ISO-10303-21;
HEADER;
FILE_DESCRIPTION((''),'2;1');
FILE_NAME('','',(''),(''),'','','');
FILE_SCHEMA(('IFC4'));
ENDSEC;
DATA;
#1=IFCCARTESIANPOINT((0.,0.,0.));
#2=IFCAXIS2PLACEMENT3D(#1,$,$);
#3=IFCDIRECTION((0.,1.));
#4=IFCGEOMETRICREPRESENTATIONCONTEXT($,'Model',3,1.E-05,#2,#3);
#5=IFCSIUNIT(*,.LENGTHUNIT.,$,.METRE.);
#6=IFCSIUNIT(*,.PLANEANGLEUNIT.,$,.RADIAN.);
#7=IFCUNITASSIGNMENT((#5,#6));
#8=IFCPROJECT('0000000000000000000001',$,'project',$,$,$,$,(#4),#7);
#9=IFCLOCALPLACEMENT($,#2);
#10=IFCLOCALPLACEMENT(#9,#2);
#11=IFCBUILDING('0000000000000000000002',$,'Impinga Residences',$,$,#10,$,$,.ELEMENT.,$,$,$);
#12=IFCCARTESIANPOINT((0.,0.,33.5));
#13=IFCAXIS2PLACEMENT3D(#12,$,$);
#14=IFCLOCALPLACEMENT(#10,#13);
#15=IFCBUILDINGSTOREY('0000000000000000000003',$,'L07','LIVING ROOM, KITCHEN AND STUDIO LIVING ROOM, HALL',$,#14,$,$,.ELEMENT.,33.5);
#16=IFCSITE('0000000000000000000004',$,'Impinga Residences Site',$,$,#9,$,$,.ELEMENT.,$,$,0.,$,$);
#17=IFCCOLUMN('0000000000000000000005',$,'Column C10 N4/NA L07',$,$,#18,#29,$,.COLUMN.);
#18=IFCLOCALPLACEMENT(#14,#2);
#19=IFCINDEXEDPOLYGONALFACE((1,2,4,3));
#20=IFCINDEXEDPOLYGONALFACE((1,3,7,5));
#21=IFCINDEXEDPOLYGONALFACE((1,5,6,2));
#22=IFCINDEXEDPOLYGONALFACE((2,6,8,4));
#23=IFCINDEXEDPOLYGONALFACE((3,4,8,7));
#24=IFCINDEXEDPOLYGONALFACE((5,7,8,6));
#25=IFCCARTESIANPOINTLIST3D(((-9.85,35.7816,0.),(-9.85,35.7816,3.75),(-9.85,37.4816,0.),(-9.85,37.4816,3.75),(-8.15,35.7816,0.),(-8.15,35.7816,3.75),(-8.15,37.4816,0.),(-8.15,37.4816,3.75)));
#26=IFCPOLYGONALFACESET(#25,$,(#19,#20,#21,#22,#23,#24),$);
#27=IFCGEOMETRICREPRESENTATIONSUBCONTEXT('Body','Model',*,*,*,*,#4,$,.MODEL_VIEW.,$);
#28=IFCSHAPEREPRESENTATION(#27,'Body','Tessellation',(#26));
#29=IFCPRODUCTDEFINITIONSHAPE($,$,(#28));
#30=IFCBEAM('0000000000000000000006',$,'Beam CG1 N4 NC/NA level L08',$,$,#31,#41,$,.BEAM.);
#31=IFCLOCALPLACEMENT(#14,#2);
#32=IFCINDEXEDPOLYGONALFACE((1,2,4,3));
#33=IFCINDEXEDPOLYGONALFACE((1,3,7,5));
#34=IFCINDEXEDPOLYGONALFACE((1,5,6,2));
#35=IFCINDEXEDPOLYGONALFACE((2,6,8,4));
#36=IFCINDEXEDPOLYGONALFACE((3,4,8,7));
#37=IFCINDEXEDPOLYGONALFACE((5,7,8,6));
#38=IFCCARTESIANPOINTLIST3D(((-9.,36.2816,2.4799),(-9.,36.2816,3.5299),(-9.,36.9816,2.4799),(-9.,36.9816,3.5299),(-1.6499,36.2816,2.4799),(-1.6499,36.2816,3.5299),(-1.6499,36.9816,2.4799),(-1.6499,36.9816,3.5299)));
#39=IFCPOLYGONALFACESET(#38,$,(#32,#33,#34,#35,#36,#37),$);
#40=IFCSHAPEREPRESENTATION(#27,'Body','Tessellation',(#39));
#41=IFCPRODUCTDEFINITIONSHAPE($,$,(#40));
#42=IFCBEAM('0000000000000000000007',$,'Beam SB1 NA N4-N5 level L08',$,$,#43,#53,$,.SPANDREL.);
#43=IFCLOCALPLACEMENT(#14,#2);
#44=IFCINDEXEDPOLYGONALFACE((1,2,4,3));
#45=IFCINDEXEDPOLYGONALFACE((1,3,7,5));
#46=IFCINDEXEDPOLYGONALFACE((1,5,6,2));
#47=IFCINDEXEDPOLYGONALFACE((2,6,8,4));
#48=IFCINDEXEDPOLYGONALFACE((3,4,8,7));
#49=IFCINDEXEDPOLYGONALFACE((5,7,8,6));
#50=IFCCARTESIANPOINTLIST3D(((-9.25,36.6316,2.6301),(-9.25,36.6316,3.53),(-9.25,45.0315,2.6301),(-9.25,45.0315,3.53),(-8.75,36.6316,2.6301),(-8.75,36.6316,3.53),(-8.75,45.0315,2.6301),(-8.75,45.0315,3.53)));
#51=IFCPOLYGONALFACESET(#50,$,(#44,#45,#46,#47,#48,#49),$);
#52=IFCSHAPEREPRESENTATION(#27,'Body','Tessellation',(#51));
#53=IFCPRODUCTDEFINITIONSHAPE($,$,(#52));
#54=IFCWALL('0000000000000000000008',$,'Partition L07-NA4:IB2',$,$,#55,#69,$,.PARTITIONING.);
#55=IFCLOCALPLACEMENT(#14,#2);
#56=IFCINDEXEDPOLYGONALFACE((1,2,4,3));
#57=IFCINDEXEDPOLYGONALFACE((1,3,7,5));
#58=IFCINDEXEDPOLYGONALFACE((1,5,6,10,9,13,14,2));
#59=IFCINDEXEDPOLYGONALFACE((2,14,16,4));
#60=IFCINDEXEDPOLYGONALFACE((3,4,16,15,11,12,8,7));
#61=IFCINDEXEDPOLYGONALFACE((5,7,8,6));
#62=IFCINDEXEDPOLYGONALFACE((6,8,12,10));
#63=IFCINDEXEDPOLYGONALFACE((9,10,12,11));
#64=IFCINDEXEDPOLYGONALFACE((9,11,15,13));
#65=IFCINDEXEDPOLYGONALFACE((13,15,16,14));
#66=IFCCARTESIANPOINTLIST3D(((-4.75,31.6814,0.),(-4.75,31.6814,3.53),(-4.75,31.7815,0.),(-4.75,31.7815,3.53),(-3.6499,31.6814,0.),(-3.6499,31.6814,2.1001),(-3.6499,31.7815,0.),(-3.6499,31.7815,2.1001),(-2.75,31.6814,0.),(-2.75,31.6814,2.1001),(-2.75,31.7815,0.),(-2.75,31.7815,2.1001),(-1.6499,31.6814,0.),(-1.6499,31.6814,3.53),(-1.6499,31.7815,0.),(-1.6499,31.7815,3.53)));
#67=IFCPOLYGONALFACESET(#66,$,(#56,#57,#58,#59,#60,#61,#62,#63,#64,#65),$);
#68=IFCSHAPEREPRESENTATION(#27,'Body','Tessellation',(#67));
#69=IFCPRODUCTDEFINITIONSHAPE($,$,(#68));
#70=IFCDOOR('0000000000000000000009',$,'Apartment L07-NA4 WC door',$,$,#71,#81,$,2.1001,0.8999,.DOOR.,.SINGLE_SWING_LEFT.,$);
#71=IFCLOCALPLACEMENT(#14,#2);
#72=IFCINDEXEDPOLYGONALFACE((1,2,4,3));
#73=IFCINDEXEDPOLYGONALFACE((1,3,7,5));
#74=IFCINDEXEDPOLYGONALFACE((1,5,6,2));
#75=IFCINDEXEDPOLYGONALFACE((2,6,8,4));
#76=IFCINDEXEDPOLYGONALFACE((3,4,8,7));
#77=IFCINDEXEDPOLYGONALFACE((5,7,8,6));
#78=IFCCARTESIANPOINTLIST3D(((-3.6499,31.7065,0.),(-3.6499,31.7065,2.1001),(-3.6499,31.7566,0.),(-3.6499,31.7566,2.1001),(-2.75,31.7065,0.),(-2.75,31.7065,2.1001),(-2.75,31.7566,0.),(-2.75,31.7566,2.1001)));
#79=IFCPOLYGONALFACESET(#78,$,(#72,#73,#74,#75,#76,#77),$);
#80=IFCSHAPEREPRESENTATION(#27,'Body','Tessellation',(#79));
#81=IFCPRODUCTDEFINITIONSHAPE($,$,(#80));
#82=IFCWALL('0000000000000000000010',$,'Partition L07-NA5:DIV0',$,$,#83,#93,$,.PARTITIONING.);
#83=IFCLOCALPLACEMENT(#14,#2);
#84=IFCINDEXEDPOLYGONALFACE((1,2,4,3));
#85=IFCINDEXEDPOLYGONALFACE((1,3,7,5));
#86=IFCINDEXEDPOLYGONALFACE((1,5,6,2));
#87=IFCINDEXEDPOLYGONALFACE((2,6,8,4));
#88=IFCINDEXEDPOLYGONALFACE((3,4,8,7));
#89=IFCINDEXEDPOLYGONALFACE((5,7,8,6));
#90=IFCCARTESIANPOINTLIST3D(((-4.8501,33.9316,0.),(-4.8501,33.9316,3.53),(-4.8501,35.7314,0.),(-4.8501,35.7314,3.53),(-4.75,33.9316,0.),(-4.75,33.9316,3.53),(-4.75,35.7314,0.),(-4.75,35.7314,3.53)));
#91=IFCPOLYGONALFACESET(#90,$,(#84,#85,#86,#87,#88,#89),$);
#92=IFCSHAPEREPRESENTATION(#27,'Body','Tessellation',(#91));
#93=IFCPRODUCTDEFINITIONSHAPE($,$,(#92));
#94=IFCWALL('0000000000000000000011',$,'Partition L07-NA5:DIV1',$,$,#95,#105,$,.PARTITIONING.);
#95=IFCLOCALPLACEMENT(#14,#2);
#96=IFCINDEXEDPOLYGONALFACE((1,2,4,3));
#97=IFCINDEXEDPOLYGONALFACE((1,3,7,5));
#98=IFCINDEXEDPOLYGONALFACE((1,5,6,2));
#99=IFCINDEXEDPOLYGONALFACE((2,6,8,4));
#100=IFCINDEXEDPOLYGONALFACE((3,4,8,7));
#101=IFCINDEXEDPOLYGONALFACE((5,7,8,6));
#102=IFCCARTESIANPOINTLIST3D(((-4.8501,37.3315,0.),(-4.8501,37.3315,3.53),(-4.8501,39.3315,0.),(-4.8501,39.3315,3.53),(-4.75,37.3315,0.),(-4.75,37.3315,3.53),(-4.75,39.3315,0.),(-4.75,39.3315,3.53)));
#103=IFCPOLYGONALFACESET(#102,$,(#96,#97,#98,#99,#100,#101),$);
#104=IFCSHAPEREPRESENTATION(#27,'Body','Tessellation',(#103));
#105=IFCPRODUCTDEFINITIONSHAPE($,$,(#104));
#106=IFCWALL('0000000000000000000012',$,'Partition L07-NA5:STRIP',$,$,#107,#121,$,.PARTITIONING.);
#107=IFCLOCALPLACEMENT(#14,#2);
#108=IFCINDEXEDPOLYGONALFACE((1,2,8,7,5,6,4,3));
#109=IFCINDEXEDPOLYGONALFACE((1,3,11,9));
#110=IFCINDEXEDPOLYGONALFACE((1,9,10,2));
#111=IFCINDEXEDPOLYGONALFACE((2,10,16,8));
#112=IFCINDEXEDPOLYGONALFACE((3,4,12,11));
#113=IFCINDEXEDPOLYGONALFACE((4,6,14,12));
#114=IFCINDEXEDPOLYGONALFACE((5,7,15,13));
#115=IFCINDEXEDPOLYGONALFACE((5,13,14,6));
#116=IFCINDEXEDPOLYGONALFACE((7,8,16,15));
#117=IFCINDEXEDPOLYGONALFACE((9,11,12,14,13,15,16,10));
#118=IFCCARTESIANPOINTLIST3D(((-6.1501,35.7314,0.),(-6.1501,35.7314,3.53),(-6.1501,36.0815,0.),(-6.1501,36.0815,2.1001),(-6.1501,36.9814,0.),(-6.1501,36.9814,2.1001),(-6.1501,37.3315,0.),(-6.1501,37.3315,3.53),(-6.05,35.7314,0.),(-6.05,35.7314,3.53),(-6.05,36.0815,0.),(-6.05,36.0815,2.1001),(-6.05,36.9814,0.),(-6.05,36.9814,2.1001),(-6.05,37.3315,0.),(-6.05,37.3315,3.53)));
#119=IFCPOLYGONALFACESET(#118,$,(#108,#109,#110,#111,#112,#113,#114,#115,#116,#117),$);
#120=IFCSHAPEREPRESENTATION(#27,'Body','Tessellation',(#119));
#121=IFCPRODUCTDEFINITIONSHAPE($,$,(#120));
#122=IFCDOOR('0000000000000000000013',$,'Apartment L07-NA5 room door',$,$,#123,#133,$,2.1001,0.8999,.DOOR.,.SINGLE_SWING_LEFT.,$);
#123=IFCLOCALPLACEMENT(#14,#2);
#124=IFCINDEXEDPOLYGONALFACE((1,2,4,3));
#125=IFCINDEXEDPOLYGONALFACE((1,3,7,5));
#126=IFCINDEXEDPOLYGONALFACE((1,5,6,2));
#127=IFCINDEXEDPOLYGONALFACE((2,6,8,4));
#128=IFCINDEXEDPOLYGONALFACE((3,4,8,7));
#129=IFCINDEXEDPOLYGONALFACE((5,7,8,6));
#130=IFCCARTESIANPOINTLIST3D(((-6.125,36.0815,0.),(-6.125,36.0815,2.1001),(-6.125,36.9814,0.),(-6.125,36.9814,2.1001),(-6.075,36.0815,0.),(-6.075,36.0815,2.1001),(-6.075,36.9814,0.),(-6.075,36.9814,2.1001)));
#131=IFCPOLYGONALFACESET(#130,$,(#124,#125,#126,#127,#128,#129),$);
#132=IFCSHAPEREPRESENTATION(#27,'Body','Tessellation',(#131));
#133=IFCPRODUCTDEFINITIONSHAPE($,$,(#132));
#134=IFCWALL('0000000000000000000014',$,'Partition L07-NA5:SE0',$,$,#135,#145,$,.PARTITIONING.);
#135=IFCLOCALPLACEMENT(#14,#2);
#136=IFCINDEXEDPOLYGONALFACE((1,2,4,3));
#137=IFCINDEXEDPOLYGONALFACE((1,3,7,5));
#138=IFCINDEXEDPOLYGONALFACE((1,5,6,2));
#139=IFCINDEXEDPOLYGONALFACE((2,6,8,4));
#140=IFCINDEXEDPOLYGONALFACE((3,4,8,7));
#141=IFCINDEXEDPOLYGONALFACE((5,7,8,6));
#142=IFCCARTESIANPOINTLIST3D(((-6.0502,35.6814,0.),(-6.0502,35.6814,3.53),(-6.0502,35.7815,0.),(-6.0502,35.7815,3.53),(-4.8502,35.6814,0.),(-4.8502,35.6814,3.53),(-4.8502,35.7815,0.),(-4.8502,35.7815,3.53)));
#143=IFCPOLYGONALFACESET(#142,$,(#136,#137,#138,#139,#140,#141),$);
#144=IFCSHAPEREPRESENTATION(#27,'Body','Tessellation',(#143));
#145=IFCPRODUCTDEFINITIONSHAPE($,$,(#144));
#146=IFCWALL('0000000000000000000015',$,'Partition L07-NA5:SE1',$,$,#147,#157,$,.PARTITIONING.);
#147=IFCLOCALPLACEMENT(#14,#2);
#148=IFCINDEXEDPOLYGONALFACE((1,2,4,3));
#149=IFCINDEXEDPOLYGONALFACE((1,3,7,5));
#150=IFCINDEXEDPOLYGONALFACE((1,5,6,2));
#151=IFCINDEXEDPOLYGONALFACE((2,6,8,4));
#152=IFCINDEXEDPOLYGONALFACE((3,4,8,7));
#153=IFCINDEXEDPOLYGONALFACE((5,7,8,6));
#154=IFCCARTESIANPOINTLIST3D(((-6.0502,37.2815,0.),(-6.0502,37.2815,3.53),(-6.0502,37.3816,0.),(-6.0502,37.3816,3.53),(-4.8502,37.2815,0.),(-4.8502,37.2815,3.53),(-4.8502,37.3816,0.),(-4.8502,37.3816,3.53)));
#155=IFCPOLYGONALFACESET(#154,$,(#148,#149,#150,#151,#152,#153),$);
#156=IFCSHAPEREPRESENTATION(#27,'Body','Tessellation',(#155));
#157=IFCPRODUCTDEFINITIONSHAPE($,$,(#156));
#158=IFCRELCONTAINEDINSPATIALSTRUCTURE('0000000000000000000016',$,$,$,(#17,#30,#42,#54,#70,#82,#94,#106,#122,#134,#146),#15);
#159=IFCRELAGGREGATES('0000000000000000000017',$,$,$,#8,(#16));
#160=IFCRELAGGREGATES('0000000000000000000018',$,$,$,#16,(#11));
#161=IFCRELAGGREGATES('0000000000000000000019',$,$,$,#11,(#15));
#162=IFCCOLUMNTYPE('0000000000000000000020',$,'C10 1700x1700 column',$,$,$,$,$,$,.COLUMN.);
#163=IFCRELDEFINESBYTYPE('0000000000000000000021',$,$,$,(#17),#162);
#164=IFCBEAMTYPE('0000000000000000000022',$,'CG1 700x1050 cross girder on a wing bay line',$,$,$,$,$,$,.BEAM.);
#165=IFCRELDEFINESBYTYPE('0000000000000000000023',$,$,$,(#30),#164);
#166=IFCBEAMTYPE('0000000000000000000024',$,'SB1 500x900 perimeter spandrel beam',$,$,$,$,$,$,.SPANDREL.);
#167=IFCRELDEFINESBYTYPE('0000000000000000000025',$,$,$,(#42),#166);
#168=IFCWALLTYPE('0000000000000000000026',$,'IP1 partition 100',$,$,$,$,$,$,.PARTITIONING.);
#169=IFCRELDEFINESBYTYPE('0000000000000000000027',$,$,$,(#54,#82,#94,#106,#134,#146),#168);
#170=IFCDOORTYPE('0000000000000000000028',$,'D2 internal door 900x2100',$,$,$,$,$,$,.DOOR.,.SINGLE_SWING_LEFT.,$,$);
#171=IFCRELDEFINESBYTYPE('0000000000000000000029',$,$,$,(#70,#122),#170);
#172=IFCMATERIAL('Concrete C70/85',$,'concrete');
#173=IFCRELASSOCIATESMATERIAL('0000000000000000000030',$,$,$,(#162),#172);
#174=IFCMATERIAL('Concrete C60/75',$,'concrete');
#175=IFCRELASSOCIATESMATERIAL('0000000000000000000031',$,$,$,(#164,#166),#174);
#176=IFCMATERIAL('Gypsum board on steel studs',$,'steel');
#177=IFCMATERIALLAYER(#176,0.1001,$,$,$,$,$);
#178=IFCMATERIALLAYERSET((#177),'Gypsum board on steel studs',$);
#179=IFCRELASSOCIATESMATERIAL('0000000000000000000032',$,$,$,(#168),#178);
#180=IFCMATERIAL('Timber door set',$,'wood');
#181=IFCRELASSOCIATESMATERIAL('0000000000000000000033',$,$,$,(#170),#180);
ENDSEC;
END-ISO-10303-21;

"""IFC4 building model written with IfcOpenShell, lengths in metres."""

from ifc_helpers import new_model, si_unit, direction, frame, frame_2d, origin, origin_2d, place, context, subcontext, project, spatial, rectangle, extrude, material, layer, layer_set, material_profile, profile_set, type_object, element, fill, save


model = new_model("IFC4")

# Units and contexts
model_context = context("Model", 3, precision=1e-05, world=origin(), true_north=direction((0.0, 1.0)))
body_context = subcontext(model_context, "Body", "Model", "MODEL_VIEW")
ifc_project = project(units=[si_unit("LENGTHUNIT", "METRE"), si_unit("PLANEANGLEUNIT", "RADIAN")], contexts=[model_context])

# Site, building, storey
site_placement = place(None, origin())
site = spatial("IfcSite", under=ifc_project, at=site_placement, Name="Impinga Residences Site", CompositionType="ELEMENT", RefElevation=0.0)
building_placement = place(site_placement, origin())
building = spatial("IfcBuilding", under=site, at=building_placement, Name="Impinga Residences", CompositionType="ELEMENT")
storey_placement = place(building_placement, frame((0.0, 0.0, 33.5)))
storey = spatial("IfcBuildingStorey", under=building, at=storey_placement, Name="L07", Description="LIVING ROOM, KITCHEN AND STUDIO LIVING ROOM, HALL", CompositionType="ELEMENT", Elevation=33.5)

# Column
ifc_material_1 = material(Name="Concrete C70/85", Category="concrete")
ifc_material_profile_1 = material_profile(ifc_material_1, rectangle(XDim=1.7, YDim=1.7, at=origin_2d()), Name="RC 1700x1700")
ifc_profile_set_1 = profile_set([ifc_material_profile_1], Name="Concrete C70/85")
column_type = type_object("IfcColumnType", Name="C10 1700x1700 column", PredefinedType="COLUMN", material=ifc_profile_set_1)
column_placement = place(storey_placement, frame((-9.0, 36.6316, 0.0), z_axis=(0.0, 0.0, 1.0), x_axis=(1.0, 0.0, 0.0)))
element("IfcColumn", 1, at=column_placement, inside=storey, type_object=column_type, Name="Column C10 N4/NA L07", PredefinedType="COLUMN", context=body_context, shape_type="SweptSolid", body=[
    extrude(rectangle(XDim=1.7, YDim=1.7, at=origin_2d()), origin(), (0.0, 0.0, 1.0), 3.75),
])

# Beams
ifc_material_2 = material(Name="Concrete C60/75", Category="concrete")
ifc_material_profile_2 = material_profile(ifc_material_2, rectangle(XDim=0.7, YDim=1.05, at=origin_2d()), Name="RC 700x1050")
ifc_profile_set_2 = profile_set([ifc_material_profile_2], Name="Concrete C60/75")
beam_type_1 = type_object("IfcBeamType", Name="CG1 700x1050 cross girder on a wing bay line", PredefinedType="BEAM", material=ifc_profile_set_2)
beam_1_placement = place(storey_placement, frame((-1.6499, 36.6316, 3.0049), z_axis=(-1.0, 0.0, 0.0), x_axis=(0.0, -1.0, 0.0)))
element("IfcBeam", 2, at=beam_1_placement, inside=storey, type_object=beam_type_1, Name="Beam CG1 N4 NC/NA level L08", PredefinedType="BEAM", context=body_context, shape_type="SweptSolid", body=[
    extrude(rectangle(XDim=0.7, YDim=1.05, at=origin_2d()), origin(), (0.0, 0.0, 1.0), 7.3501),
])
ifc_material_profile_3 = material_profile(ifc_material_2, rectangle(XDim=0.5, YDim=0.8999, at=origin_2d()), Name="RC 500x900")
ifc_profile_set_3 = profile_set([ifc_material_profile_3], Name="Concrete C60/75")
beam_type_2 = type_object("IfcBeamType", Name="SB1 500x900 perimeter spandrel beam", PredefinedType="SPANDREL", material=ifc_profile_set_3)
beam_2_placement = place(storey_placement, frame((-9.0, 36.6316, 3.0801), z_axis=(0.0, 1.0, 0.0), x_axis=(-1.0, 0.0, 0.0)))
element("IfcBeam", 3, at=beam_2_placement, inside=storey, type_object=beam_type_2, Name="Beam SB1 NA N4-N5 level L08", PredefinedType="SPANDREL", context=body_context, shape_type="SweptSolid", body=[
    extrude(rectangle(XDim=0.5, YDim=0.8999, at=origin_2d()), origin(), (0.0, 0.0, 1.0), 8.3999),
])

# Wall, opening, door
ifc_material_3 = material(Name="Gypsum board on steel studs", Category="steel")
ifc_layer_1 = layer(ifc_material_3, 0.1001)
ifc_layer_set_1 = layer_set([ifc_layer_1], Name="Gypsum board on steel studs")
wall_type_1 = type_object("IfcWallType", Name="IP1 partition 100", PredefinedType="PARTITIONING", material=ifc_layer_set_1)
wall_1_placement = place(storey_placement, frame((-1.6499, 31.7314, 0.0), z_axis=(0.0, 0.0, 1.0), x_axis=(-1.0, 0.0, 0.0)))
wall_1 = element("IfcWall", 4, at=wall_1_placement, inside=storey, type_object=wall_type_1, Name="Partition L07-NA4:IB2", PredefinedType="PARTITIONING", context=body_context, shape_type="SweptSolid", body=[
    extrude(rectangle(XDim=3.1001, YDim=0.1001, at=frame_2d((1.55, 0.0))), origin(), (0.0, 0.0, 1.0), 3.53),
])
opening_1_placement = place(wall_1_placement, frame((1.1001, 0.0, 0.0)))
opening_1 = element("IfcOpeningElement", 5, at=opening_1_placement, cuts=wall_1, PredefinedType="OPENING", context=body_context, shape_type="SweptSolid", body=[
    extrude(rectangle(XDim=0.8999, YDim=2.1001, at=frame_2d((0.45, 1.05))), frame((0.0, 0.0601, 0.0), z_axis=(0.0, -1.0, 0.0), x_axis=(1.0, 0.0, 0.0)), (0.0, 0.0, 1.0), 0.1201),
])
ifc_material_4 = material(Name="Timber door set", Category="wood")
door_type = type_object("IfcDoorType", Name="D2 internal door 900x2100", OperationType="SINGLE_SWING_LEFT", PredefinedType="DOOR", material=ifc_material_4)
door_1_placement = place(opening_1_placement, origin())
door_1 = element("IfcDoor", 6, at=door_1_placement, inside=storey, type_object=door_type, Name="Apartment L07-NA4 WC door", OperationType="SINGLE_SWING_LEFT", OverallHeight=2.1001, OverallWidth=0.8999, PredefinedType="DOOR", context=body_context, shape_type="SweptSolid", body=[
    extrude(rectangle(XDim=0.8999, YDim=2.1001, at=frame_2d((0.45, 1.05))), frame((0.0, 0.0249, 0.0), z_axis=(0.0, -1.0, 0.0), x_axis=(1.0, 0.0, 0.0)), (0.0, 0.0, 1.0), 0.05),
])
fill(opening_1, door_1)

# Walls
wall_2_placement = place(storey_placement, frame((-4.8, 33.9316, 0.0), z_axis=(0.0, 0.0, 1.0), x_axis=(0.0, 1.0, 0.0)))
element("IfcWall", 7, at=wall_2_placement, inside=storey, type_object=wall_type_1, Name="Partition L07-NA5:DIV0", PredefinedType="PARTITIONING", context=body_context, shape_type="SweptSolid", body=[
    extrude(rectangle(XDim=1.7998, YDim=0.1001, at=frame_2d((0.8999, 0.0))), origin(), (0.0, 0.0, 1.0), 3.53),
])
wall_3_placement = place(storey_placement, frame((-4.8, 37.3315, 0.0), z_axis=(0.0, 0.0, 1.0), x_axis=(0.0, 1.0, 0.0)))
element("IfcWall", 8, at=wall_3_placement, inside=storey, type_object=wall_type_1, Name="Partition L07-NA5:DIV1", PredefinedType="PARTITIONING", context=body_context, shape_type="SweptSolid", body=[
    extrude(rectangle(XDim=2.0, YDim=0.1001, at=frame_2d((1.0, 0.0))), origin(), (0.0, 0.0, 1.0), 3.53),
])

# Wall, opening, door
wall_4_placement = place(storey_placement, frame((-6.1001, 35.7314, 0.0), z_axis=(0.0, 0.0, 1.0), x_axis=(0.0, 1.0, 0.0)))
wall_4 = element("IfcWall", 9, at=wall_4_placement, inside=storey, type_object=wall_type_1, Name="Partition L07-NA5:STRIP", PredefinedType="PARTITIONING", context=body_context, shape_type="SweptSolid", body=[
    extrude(rectangle(XDim=1.6001, YDim=0.1001, at=frame_2d((0.8, 0.0))), origin(), (0.0, 0.0, 1.0), 3.53),
])
opening_2_placement = place(wall_4_placement, frame((0.3501, 0.0, 0.0)))
opening_2 = element("IfcOpeningElement", 10, at=opening_2_placement, cuts=wall_4, PredefinedType="OPENING", context=body_context, shape_type="SweptSolid", body=[
    extrude(rectangle(XDim=0.8999, YDim=2.1001, at=frame_2d((0.45, 1.05))), frame((0.0, 0.0601, 0.0), z_axis=(0.0, -1.0, 0.0), x_axis=(1.0, 0.0, 0.0)), (0.0, 0.0, 1.0), 0.1201),
])
door_2_placement = place(opening_2_placement, origin())
door_2 = element("IfcDoor", 11, at=door_2_placement, inside=storey, type_object=door_type, Name="Apartment L07-NA5 room door", OperationType="SINGLE_SWING_LEFT", OverallHeight=2.1001, OverallWidth=0.8999, PredefinedType="DOOR", context=body_context, shape_type="SweptSolid", body=[
    extrude(rectangle(XDim=0.8999, YDim=2.1001, at=frame_2d((0.45, 1.05))), frame((0.0, 0.0249, 0.0), z_axis=(0.0, -1.0, 0.0), x_axis=(1.0, 0.0, 0.0)), (0.0, 0.0, 1.0), 0.05),
])
fill(opening_2, door_2)

# Walls
for number, where, z_axis, x_axis, name in (
    (12, (-4.8501, 35.7314, 0.0), (0.0, 0.0, 1.0), (-1.0, 0.0, 0.0), "Partition L07-NA5:SE0"),
    (13, (-4.8501, 37.3315, 0.0), (0.0, 0.0, 1.0), (-1.0, 0.0, 0.0), "Partition L07-NA5:SE1"),
):
    element("IfcWall", number, at=place(storey_placement, frame(where, z_axis=z_axis, x_axis=x_axis)), inside=storey, type_object=wall_type_1, Name=name, PredefinedType="PARTITIONING", context=body_context, shape_type="SweptSolid", body=[
        extrude(rectangle(XDim=1.2, YDim=0.1001, at=frame_2d((0.6001, 0.0))), origin(), (0.0, 0.0, 1.0), 3.53),
    ])

save(model, "model.ifc")
